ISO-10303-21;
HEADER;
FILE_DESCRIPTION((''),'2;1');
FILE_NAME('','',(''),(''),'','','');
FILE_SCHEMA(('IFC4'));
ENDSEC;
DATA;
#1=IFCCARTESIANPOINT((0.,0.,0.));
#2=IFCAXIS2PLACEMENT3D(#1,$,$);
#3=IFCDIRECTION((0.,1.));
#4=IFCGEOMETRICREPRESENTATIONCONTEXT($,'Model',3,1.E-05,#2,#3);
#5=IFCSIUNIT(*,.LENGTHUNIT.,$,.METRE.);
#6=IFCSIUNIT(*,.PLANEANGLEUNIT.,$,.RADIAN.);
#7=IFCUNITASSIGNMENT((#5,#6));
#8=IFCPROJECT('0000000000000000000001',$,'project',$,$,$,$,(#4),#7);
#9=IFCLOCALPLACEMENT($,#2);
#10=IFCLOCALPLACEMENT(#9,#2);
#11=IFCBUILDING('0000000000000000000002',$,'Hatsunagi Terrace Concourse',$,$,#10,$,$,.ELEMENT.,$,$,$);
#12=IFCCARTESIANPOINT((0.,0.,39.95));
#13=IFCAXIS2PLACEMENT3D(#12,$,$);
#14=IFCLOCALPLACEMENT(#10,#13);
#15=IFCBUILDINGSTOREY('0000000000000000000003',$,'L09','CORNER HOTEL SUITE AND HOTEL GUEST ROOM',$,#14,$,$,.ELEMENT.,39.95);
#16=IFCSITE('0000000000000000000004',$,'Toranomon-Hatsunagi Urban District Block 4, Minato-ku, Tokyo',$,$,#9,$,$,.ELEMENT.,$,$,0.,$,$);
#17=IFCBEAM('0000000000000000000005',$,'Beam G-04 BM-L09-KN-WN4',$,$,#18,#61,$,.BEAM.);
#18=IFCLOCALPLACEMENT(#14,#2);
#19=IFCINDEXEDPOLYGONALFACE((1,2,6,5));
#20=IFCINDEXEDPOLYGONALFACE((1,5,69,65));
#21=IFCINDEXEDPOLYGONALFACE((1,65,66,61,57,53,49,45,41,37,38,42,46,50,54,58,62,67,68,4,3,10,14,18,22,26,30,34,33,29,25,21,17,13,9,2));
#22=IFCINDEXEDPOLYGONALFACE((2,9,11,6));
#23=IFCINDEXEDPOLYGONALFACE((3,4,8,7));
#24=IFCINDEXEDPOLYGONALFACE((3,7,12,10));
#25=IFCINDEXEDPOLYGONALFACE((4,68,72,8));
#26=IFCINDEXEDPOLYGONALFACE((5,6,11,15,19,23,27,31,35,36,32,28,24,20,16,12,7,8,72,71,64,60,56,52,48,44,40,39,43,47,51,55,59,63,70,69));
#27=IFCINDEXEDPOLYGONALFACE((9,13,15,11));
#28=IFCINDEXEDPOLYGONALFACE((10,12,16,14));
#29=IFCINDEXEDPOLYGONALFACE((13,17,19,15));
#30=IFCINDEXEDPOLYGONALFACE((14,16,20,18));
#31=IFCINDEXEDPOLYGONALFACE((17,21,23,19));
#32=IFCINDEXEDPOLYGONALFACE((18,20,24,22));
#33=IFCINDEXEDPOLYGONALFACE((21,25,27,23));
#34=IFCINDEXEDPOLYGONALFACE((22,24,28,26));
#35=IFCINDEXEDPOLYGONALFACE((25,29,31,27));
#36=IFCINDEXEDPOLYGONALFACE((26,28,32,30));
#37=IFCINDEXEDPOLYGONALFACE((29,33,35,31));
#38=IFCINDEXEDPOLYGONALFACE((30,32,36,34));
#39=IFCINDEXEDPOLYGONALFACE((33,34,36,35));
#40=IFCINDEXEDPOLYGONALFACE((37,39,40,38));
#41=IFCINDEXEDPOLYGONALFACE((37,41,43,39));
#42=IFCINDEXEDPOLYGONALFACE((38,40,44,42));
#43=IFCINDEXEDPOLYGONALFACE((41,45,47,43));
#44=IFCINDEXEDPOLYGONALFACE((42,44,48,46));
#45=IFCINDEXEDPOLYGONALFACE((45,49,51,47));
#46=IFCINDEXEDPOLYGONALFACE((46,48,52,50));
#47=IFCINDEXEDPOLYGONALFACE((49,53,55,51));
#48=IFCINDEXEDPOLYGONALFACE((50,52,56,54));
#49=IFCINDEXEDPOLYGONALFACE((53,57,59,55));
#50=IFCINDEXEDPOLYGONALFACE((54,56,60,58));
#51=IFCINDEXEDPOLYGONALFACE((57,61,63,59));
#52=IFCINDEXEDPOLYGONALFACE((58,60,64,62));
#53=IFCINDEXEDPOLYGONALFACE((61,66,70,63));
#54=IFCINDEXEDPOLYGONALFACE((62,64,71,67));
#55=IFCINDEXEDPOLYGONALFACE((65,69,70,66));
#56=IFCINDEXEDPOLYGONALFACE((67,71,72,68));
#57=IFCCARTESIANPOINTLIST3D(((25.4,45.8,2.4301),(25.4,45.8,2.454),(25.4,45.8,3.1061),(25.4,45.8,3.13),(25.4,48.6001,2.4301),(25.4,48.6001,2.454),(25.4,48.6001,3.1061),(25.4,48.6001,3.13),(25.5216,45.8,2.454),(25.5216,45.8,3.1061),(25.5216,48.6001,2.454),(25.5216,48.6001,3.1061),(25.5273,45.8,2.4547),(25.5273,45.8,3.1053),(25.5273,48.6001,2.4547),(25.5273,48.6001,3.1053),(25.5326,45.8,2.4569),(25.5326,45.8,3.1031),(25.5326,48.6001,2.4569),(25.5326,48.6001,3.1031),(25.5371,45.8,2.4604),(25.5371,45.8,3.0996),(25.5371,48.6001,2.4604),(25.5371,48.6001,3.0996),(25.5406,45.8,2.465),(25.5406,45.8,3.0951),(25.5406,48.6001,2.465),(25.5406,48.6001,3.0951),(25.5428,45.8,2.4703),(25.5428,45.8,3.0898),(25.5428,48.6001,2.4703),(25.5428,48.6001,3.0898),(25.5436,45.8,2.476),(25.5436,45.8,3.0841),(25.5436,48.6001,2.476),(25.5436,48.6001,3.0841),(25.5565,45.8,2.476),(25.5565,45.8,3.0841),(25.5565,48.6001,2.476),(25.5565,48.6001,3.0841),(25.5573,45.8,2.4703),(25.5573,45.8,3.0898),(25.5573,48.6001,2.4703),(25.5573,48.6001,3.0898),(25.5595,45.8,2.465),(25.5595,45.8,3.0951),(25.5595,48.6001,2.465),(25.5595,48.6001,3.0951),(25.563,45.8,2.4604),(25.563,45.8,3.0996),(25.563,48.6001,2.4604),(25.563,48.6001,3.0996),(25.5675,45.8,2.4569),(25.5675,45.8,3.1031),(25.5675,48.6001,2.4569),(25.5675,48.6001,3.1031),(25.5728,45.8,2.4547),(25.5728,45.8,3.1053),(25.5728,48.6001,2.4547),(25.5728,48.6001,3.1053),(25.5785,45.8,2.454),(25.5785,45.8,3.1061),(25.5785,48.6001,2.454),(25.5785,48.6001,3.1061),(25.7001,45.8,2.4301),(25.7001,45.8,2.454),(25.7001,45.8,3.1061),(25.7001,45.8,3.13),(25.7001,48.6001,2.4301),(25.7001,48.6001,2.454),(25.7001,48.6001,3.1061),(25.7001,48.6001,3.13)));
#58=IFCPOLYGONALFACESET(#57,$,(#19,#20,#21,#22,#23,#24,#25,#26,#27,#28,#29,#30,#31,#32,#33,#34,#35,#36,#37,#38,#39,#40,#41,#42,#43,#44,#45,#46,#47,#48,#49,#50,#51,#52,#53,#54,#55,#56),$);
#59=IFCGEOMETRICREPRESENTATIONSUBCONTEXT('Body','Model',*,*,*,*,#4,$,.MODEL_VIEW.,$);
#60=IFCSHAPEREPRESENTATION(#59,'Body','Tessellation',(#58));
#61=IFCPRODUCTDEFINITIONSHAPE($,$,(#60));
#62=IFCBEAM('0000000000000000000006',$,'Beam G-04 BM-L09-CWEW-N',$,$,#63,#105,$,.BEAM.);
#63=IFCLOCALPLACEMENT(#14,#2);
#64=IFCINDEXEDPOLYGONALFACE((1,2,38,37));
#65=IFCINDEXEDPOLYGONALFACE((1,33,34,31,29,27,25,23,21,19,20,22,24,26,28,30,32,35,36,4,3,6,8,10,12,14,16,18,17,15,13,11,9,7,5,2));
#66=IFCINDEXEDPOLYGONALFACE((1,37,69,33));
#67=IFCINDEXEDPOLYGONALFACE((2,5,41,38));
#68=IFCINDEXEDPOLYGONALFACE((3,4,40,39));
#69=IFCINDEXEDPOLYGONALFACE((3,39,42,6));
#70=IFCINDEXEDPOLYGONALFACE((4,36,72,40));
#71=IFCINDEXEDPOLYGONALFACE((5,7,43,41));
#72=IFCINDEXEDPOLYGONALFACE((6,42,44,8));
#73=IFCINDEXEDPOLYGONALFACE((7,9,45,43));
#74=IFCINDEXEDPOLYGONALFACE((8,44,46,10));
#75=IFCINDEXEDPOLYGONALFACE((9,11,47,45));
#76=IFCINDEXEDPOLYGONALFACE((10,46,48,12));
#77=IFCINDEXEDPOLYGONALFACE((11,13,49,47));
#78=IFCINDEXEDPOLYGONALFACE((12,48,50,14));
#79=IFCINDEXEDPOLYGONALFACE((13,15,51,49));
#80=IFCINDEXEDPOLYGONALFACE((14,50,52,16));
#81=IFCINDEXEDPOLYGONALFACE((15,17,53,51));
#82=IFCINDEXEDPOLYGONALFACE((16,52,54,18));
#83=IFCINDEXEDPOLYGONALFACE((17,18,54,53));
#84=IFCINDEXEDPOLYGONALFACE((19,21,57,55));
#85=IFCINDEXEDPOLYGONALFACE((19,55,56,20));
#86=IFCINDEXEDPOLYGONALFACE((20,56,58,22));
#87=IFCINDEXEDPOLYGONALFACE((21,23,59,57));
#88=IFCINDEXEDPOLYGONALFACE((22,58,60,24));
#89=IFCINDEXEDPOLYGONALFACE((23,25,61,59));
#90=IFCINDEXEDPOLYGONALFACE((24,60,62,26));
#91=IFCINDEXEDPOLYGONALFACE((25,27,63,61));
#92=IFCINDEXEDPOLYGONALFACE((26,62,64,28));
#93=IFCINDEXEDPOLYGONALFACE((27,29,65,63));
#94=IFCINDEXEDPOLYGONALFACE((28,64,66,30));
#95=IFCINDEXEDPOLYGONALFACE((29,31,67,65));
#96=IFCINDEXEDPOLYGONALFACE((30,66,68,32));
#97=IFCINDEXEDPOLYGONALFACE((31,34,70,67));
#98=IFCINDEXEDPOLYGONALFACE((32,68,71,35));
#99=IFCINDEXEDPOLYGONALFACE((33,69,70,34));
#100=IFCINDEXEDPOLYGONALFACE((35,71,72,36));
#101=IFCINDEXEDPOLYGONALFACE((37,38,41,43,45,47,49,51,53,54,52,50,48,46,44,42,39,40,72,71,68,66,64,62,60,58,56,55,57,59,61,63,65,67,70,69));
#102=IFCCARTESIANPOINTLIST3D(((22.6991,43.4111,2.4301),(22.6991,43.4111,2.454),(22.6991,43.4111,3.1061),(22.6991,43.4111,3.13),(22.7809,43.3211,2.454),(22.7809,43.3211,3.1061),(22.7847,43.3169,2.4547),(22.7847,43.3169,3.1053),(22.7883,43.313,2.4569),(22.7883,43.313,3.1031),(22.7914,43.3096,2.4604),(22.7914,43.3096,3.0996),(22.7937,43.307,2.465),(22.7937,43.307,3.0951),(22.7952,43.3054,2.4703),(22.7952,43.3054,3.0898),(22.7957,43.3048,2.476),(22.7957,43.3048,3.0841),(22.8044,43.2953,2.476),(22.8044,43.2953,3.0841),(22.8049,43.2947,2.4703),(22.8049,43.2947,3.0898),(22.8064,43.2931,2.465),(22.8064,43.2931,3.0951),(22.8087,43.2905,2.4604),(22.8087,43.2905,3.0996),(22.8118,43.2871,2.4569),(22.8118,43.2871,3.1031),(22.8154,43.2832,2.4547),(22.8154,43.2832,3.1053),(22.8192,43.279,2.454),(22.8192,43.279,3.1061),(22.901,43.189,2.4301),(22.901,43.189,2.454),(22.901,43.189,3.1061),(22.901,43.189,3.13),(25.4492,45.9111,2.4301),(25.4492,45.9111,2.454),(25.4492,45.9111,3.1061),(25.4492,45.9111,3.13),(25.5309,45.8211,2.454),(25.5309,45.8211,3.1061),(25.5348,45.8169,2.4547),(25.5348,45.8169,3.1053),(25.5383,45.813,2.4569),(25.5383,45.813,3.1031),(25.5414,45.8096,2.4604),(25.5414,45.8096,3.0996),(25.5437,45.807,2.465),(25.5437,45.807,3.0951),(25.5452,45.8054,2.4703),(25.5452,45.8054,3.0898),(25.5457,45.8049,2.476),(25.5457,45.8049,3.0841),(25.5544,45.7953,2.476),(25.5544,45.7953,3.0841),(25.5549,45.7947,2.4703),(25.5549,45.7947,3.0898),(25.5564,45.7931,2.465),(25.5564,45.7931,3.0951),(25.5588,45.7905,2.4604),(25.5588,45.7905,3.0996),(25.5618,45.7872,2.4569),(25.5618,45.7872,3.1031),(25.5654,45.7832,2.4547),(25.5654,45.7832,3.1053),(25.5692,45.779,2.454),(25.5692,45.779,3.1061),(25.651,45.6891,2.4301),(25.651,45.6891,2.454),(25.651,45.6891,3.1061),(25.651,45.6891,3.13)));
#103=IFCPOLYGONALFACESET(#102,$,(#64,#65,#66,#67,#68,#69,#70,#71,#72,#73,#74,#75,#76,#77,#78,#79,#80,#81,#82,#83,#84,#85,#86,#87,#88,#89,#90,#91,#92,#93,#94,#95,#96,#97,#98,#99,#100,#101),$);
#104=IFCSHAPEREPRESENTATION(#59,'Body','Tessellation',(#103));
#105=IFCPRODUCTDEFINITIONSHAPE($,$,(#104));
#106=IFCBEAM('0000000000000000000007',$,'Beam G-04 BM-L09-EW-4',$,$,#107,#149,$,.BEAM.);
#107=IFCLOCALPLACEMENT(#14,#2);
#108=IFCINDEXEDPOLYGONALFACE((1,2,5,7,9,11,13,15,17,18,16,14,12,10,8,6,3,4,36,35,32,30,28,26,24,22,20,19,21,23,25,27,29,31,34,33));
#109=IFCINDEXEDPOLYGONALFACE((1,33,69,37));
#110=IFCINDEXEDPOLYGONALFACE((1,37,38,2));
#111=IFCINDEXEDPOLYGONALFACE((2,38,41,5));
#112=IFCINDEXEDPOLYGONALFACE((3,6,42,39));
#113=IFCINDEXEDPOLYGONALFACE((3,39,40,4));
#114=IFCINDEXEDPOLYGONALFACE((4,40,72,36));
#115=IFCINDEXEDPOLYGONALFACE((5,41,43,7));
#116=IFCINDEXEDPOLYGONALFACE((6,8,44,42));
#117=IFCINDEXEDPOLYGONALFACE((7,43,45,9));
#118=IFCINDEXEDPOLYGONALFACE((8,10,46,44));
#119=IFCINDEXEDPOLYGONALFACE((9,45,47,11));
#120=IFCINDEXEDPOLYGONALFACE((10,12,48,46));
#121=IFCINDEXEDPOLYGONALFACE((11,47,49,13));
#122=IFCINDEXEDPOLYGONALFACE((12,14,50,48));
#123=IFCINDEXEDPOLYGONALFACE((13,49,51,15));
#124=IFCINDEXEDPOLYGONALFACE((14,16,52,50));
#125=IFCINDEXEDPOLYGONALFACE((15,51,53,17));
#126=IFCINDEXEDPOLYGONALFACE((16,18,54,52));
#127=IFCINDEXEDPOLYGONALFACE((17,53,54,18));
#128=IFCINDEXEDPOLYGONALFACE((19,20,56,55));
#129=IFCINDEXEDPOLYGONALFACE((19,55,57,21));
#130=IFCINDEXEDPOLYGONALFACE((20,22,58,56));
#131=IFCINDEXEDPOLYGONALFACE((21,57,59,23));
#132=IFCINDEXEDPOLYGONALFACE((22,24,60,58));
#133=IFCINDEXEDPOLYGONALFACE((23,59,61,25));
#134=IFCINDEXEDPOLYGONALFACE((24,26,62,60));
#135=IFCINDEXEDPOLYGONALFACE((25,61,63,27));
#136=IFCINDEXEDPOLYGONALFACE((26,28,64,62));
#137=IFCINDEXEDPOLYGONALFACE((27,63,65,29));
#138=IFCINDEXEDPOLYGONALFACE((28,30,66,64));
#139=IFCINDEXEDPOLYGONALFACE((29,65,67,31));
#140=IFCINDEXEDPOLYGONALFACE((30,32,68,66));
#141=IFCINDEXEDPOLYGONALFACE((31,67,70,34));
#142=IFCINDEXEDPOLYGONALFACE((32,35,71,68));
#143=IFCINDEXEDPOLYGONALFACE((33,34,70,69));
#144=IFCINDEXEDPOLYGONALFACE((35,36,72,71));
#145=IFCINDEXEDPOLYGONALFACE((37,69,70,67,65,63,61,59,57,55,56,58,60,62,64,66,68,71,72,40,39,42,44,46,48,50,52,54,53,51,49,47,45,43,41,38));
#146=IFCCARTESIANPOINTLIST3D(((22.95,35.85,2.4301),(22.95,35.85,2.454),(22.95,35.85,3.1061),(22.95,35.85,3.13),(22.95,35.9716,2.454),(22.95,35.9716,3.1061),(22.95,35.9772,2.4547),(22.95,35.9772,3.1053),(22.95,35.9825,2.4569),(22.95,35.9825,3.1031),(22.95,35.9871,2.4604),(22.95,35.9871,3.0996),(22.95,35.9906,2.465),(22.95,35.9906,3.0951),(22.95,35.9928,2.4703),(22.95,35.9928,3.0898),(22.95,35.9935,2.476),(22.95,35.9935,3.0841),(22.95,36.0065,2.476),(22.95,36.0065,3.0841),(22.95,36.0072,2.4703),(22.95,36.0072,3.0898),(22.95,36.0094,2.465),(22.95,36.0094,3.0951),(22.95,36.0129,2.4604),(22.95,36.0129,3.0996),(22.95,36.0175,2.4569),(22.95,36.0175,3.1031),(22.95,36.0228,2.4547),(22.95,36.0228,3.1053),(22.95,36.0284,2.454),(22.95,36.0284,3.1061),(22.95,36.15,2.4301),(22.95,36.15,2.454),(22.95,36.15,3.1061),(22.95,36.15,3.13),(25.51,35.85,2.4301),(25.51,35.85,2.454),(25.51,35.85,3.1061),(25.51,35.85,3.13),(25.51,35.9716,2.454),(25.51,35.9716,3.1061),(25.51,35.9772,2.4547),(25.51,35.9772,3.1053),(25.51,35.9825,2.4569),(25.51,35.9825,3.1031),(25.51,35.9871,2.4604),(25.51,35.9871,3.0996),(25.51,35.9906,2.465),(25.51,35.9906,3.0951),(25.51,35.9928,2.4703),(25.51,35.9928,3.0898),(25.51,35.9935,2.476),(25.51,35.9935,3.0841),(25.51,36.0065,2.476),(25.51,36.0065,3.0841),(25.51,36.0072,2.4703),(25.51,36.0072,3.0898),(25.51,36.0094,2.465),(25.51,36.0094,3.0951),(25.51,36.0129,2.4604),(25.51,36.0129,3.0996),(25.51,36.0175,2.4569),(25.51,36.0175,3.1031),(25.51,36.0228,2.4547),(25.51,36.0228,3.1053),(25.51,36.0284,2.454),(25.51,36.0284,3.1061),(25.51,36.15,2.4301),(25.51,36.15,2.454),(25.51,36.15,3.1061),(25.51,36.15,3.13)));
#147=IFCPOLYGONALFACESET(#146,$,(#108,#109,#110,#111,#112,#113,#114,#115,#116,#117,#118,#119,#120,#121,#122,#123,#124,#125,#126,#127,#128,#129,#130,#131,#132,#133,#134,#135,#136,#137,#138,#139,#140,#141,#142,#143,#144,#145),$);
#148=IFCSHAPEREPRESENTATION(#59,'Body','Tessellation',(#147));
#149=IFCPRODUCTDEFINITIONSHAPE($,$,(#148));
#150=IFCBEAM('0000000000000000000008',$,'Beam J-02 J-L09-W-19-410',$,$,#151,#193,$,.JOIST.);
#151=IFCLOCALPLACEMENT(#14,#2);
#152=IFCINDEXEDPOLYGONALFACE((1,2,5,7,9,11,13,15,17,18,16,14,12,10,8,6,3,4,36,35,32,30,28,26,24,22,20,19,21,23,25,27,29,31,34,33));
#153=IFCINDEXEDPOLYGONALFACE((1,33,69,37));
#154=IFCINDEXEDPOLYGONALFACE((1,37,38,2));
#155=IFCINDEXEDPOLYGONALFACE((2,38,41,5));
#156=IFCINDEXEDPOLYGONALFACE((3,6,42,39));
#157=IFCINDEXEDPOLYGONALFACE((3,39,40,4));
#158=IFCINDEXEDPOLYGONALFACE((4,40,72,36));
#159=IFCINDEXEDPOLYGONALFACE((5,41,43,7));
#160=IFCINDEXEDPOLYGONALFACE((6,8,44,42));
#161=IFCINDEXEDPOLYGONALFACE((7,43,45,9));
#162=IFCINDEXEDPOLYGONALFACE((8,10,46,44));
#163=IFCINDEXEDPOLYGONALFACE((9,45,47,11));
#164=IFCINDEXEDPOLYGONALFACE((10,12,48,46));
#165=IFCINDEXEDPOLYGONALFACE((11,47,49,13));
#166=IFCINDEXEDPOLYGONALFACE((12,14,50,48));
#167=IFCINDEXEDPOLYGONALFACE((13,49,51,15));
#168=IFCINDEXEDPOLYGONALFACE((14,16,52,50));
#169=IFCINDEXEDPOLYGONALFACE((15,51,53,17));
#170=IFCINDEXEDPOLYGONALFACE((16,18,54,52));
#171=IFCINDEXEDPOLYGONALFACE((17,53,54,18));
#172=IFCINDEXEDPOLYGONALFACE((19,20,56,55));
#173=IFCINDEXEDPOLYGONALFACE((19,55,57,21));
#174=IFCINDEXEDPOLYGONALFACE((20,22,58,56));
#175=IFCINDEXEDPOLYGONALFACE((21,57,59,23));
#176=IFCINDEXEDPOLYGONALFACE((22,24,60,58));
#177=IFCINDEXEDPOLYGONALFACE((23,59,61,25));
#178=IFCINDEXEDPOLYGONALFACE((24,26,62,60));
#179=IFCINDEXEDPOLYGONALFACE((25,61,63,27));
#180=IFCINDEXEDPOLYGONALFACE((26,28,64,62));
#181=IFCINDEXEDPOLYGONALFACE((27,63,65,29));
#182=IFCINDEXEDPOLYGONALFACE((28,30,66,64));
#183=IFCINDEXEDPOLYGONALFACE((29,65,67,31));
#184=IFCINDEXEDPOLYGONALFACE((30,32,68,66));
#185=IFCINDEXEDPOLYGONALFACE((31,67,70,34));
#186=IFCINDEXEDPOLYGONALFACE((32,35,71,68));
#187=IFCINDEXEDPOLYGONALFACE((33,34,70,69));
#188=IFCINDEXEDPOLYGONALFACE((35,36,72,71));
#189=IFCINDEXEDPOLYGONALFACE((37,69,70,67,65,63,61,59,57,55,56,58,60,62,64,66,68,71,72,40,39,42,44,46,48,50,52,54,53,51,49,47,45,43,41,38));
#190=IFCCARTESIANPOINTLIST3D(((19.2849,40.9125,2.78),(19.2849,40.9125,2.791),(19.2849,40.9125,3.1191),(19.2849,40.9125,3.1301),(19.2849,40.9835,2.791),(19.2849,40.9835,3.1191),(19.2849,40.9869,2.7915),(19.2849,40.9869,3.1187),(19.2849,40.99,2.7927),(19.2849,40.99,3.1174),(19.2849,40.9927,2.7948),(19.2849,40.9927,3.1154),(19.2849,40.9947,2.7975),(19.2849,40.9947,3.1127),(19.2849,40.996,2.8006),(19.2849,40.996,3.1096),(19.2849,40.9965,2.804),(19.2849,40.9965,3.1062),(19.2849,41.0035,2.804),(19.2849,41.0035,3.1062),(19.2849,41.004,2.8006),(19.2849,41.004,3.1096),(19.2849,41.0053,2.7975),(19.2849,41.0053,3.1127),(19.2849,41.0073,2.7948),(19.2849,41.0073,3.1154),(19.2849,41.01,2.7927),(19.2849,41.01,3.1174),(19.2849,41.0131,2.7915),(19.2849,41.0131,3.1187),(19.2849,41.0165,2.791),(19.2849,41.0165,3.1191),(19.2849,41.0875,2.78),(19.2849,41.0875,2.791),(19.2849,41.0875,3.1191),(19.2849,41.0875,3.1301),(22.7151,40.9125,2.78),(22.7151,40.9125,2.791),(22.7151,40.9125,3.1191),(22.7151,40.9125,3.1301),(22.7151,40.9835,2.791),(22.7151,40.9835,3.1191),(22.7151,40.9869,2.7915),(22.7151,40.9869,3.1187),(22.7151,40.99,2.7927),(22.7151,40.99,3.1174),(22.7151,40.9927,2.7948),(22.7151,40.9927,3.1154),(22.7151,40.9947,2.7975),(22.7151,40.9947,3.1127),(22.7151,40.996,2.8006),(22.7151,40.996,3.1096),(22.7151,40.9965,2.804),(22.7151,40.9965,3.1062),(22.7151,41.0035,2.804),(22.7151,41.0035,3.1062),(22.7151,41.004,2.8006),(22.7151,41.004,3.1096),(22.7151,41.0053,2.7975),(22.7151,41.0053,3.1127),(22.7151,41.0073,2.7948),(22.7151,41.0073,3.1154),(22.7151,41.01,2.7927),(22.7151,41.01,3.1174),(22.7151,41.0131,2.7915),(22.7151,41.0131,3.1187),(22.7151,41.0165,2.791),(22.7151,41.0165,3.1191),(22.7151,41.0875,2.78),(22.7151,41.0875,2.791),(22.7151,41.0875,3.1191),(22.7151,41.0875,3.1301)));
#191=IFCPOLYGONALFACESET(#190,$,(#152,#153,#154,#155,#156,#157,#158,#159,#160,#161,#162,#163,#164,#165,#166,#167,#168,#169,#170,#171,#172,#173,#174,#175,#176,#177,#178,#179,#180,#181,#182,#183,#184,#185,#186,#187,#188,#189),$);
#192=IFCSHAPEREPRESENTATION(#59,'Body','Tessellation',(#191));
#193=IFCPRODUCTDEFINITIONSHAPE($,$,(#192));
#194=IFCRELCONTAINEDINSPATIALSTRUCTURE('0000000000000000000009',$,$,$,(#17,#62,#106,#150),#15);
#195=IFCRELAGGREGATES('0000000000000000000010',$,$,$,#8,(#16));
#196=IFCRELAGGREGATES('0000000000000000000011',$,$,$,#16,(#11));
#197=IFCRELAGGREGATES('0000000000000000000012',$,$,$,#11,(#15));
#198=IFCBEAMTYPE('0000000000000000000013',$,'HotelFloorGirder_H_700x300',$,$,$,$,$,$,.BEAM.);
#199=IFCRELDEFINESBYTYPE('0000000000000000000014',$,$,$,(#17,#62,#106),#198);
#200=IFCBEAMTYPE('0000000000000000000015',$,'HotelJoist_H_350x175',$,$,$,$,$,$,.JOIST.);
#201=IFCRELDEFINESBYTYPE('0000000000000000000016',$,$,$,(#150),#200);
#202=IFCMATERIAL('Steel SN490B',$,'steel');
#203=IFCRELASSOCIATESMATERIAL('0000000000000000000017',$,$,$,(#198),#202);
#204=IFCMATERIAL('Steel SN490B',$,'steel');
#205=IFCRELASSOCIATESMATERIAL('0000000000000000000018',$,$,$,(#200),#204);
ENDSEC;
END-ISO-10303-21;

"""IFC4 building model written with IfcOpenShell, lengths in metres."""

from ifc_helpers import new_model, si_unit, direction, frame, origin, origin_2d, place, context, subcontext, project, spatial, i_section, extrude, material, material_profile, profile_set, type_object, element, save


model = new_model("IFC4")

# Units and contexts
model_context = context("Model", 3, precision=1e-05, world=origin(), true_north=direction((0.0, 1.0)))
body_context = subcontext(model_context, "Body", "Model", "MODEL_VIEW")
ifc_project = project(units=[si_unit("LENGTHUNIT", "METRE"), si_unit("PLANEANGLEUNIT", "RADIAN")], contexts=[model_context])

# Site, building, storey
site_placement = place(None, origin())
site = spatial("IfcSite", under=ifc_project, at=site_placement, Name="Toranomon-Hatsunagi Urban District Block 4, Minato-ku, Tokyo", CompositionType="ELEMENT", RefElevation=0.0)
building_placement = place(site_placement, origin())
building = spatial("IfcBuilding", under=site, at=building_placement, Name="Hatsunagi Terrace Concourse", CompositionType="ELEMENT")
storey_placement = place(building_placement, frame((0.0, 0.0, 39.95)))
storey = spatial("IfcBuildingStorey", under=building, at=storey_placement, Name="L09", Description="CORNER HOTEL SUITE AND HOTEL GUEST ROOM", CompositionType="ELEMENT", Elevation=39.95)

# Beams
ifc_material_1 = material(Name="Steel SN490B", Category="steel")
ifc_material_profile_1 = material_profile(ifc_material_1, i_section(OverallWidth=0.3, OverallDepth=0.7, WebThickness=0.0129, FlangeThickness=0.0239, FilletRadius=0.022, at=origin_2d()), Name="H-700x300x13x24")
ifc_profile_set_1 = profile_set([ifc_material_profile_1], Name="Steel SN490B")
beam_type_1 = type_object("IfcBeamType", Name="HotelFloorGirder_H_700x300", PredefinedType="BEAM", material=ifc_profile_set_1)
beam_1_placement = place(storey_placement, frame((25.55, 45.8, 2.78), z_axis=(0.0, 1.0, 0.0), x_axis=(-1.0, 0.0, 0.0)))
element("IfcBeam", 1, at=beam_1_placement, inside=storey, type_object=beam_type_1, Name="Beam G-04 BM-L09-KN-WN4", PredefinedType="BEAM", context=body_context, shape_type="SweptSolid", body=[
    extrude(i_section(OverallWidth=0.3, OverallDepth=0.7, WebThickness=0.0129, FlangeThickness=0.0239, FilletRadius=0.022, at=origin_2d()), origin(), (0.0, 0.0, 1.0), 2.8),
])
beam_2_placement = place(storey_placement, frame((22.8, 43.3, 2.78), z_axis=(0.73994, 0.672673, 0.0), x_axis=(-0.672673, 0.73994, 0.0)))
element("IfcBeam", 2, at=beam_2_placement, inside=storey, type_object=beam_type_1, Name="Beam G-04 BM-L09-CWEW-N", PredefinedType="BEAM", context=body_context, shape_type="SweptSolid", body=[
    extrude(i_section(OverallWidth=0.3, OverallDepth=0.7, WebThickness=0.0129, FlangeThickness=0.0239, FilletRadius=0.022, at=origin_2d()), origin(), (0.0, 0.0, 1.0), 3.7166),
])
beam_3_placement = place(storey_placement, frame((22.95, 36.0, 2.78), z_axis=(1.0, 0.0, 0.0), x_axis=(0.0, 1.0, 0.0)))
element("IfcBeam", 3, at=beam_3_placement, inside=storey, type_object=beam_type_1, Name="Beam G-04 BM-L09-EW-4", PredefinedType="BEAM", context=body_context, shape_type="SweptSolid", body=[
    extrude(i_section(OverallWidth=0.3, OverallDepth=0.7, WebThickness=0.0129, FlangeThickness=0.0239, FilletRadius=0.022, at=origin_2d()), origin(), (0.0, 0.0, 1.0), 2.5601),
])
ifc_material_2 = material(Name="Steel SN490B", Category="steel")
ifc_material_profile_2 = material_profile(ifc_material_2, i_section(OverallWidth=0.175, OverallDepth=0.3501, WebThickness=0.0071, FlangeThickness=0.011, FilletRadius=0.0129, at=origin_2d()), Name="H-350x175x7x11")
ifc_profile_set_2 = profile_set([ifc_material_profile_2], Name="Steel SN490B")
beam_type_2 = type_object("IfcBeamType", Name="HotelJoist_H_350x175", PredefinedType="JOIST", material=ifc_profile_set_2)
beam_4_placement = place(storey_placement, frame((19.2849, 41.0, 2.9551), z_axis=(1.0, 0.0, 0.0), x_axis=(0.0, 1.0, 0.0)))
element("IfcBeam", 4, at=beam_4_placement, inside=storey, type_object=beam_type_2, Name="Beam J-02 J-L09-W-19-410", PredefinedType="JOIST", context=body_context, shape_type="SweptSolid", body=[
    extrude(i_section(OverallWidth=0.175, OverallDepth=0.3501, WebThickness=0.0071, FlangeThickness=0.011, FilletRadius=0.0129, at=origin_2d()), origin(), (0.0, 0.0, 1.0), 3.4302),
])

save(model, "model.ifc")
